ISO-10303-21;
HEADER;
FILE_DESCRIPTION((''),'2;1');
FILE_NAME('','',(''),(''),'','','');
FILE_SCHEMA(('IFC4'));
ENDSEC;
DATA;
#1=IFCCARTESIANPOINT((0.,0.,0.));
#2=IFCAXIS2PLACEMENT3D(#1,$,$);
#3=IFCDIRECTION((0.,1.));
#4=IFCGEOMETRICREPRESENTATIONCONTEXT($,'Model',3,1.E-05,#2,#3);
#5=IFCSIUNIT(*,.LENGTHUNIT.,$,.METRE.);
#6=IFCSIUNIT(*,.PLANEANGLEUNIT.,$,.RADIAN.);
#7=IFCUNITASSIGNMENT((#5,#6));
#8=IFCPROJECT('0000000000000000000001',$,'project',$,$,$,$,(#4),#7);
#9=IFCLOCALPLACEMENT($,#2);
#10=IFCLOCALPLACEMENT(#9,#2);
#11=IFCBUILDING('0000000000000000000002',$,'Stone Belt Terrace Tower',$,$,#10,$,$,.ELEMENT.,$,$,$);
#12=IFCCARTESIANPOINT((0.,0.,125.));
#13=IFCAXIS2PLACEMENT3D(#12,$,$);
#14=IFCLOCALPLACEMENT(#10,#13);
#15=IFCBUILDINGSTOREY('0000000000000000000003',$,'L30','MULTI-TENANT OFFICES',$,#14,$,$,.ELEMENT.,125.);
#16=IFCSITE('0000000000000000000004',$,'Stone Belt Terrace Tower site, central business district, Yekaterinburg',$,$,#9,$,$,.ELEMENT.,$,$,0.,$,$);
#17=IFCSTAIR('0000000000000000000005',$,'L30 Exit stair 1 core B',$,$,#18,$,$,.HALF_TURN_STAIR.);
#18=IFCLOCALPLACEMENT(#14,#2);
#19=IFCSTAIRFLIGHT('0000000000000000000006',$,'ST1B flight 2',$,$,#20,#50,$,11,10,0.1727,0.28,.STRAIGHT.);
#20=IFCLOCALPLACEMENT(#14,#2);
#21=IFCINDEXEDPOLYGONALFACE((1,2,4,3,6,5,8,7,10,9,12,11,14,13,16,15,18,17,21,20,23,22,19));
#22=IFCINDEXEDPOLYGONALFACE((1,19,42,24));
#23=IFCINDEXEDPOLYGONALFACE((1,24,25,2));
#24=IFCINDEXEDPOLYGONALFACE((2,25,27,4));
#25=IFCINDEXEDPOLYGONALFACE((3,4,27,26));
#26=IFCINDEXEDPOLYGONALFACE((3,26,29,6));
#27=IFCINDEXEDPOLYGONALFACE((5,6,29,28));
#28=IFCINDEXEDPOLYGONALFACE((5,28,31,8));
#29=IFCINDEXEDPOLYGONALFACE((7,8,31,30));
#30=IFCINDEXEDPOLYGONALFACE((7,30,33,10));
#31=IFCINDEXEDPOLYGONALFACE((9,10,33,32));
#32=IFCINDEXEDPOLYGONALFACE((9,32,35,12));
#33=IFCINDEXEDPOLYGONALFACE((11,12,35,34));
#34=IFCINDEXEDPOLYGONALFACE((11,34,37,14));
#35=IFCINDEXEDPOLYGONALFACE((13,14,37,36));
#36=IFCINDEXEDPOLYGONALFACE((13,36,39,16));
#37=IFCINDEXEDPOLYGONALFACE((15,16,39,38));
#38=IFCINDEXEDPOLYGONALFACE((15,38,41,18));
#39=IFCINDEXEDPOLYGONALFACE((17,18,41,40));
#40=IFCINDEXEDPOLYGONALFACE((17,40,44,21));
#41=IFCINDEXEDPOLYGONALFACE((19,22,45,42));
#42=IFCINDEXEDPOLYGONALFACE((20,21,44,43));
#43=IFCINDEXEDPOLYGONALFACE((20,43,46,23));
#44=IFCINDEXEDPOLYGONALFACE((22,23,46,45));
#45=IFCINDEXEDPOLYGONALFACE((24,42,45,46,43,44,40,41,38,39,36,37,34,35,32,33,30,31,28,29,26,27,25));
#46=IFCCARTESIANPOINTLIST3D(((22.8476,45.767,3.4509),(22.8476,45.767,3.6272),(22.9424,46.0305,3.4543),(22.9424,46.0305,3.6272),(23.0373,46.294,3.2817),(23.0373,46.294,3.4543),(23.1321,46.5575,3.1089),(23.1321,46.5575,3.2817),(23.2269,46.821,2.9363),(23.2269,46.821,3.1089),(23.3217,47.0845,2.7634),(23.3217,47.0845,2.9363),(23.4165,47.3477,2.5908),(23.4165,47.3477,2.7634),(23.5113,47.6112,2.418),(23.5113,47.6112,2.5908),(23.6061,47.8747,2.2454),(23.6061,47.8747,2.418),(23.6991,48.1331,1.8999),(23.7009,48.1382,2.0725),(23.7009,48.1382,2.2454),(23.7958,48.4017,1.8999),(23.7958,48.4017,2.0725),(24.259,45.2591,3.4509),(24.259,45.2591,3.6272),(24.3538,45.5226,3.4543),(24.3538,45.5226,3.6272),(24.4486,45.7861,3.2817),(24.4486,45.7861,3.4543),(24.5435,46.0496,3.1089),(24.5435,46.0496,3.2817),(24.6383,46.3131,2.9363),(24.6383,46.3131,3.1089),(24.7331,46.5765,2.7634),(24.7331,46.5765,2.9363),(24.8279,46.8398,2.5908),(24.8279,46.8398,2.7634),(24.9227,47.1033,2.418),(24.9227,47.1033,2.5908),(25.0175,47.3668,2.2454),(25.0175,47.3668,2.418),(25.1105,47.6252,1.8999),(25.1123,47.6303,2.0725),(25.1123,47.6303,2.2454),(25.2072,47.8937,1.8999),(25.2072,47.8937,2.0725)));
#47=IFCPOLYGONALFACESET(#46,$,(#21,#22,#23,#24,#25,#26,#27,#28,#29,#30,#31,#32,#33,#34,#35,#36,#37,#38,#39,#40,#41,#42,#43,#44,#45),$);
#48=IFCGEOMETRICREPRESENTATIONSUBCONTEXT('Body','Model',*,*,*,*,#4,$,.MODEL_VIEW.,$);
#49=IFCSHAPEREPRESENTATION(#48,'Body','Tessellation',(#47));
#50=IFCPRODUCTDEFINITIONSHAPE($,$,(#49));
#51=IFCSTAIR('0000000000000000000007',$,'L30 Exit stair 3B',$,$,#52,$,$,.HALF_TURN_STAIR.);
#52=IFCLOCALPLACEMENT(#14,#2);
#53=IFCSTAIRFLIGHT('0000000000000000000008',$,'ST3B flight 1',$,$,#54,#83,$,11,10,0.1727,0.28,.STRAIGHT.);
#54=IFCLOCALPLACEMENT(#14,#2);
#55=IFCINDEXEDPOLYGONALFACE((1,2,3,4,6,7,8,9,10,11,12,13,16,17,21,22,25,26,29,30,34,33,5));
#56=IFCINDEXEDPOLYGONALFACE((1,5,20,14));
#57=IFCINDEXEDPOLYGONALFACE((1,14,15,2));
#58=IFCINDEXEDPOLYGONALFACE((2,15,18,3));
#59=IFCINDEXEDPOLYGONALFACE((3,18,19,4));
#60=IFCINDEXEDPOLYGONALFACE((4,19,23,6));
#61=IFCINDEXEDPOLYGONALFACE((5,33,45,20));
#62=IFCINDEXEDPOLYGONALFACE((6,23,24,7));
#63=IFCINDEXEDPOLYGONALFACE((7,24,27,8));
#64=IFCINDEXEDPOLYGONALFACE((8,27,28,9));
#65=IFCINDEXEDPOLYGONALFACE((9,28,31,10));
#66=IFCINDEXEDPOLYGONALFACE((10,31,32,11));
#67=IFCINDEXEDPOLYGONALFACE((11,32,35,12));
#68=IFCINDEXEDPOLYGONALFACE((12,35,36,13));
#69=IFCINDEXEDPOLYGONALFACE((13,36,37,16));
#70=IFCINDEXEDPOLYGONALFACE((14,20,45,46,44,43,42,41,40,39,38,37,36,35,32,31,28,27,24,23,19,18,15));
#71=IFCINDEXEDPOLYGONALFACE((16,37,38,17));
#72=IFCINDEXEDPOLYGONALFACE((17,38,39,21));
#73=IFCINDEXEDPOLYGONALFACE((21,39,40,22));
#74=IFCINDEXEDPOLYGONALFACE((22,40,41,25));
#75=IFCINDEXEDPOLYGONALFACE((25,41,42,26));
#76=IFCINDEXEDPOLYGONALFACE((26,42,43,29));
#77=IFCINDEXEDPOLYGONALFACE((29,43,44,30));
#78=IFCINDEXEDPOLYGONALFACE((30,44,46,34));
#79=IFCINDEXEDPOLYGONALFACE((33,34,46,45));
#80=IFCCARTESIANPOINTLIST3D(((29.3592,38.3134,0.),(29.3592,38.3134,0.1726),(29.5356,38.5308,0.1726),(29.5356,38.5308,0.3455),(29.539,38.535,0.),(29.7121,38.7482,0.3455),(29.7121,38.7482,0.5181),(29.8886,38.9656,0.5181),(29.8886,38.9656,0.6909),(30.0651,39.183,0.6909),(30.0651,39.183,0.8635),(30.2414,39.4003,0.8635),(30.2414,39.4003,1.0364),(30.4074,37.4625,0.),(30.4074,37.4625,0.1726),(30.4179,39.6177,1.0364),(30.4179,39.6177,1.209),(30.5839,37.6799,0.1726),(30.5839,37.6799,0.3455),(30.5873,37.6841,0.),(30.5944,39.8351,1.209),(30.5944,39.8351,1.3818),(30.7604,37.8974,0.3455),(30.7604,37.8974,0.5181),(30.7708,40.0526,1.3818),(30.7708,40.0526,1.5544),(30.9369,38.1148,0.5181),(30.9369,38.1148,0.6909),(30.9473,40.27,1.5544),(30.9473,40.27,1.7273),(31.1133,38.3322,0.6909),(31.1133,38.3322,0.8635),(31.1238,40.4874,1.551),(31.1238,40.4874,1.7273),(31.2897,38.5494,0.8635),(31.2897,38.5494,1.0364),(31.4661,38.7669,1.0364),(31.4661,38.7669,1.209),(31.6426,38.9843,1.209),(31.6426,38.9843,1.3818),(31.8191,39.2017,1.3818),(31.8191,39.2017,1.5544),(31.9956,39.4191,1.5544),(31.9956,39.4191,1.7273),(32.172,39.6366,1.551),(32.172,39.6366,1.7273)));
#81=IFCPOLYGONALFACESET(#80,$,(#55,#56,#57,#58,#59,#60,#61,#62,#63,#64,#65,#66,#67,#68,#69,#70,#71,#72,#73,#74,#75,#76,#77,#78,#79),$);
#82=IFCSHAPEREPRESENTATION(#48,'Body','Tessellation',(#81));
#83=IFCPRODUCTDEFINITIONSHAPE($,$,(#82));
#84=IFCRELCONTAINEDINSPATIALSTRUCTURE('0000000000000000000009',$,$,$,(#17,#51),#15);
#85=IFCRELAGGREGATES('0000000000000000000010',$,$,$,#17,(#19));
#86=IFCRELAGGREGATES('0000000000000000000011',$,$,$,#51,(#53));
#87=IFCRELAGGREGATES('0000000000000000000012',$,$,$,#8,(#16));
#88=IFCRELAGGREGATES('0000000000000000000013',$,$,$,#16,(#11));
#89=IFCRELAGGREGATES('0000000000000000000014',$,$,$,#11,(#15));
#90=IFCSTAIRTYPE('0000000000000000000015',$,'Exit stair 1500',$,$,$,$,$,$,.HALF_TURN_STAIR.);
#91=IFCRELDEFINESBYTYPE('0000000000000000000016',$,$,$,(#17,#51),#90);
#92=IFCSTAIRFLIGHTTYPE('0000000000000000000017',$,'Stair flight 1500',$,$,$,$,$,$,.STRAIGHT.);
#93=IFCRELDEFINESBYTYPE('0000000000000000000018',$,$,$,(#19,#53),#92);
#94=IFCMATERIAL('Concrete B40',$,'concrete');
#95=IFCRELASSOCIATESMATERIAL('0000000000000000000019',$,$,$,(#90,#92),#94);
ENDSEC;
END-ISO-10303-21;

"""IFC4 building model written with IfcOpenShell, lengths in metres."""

from ifc_helpers import new_model, si_unit, direction, frame, origin, place, context, subcontext, project, spatial, polyline, outline, extrude, material, type_object, element, aggregate, save


model = new_model("IFC4")

# Units and contexts
model_context = context("Model", 3, precision=1e-05, world=origin(), true_north=direction((0.0, 1.0)))
body_context = subcontext(model_context, "Body", "Model", "MODEL_VIEW")
ifc_project = project(units=[si_unit("LENGTHUNIT", "METRE"), si_unit("PLANEANGLEUNIT", "RADIAN")], contexts=[model_context])

# Site, building, storey
site_placement = place(None, origin())
site = spatial("IfcSite", under=ifc_project, at=site_placement, Name="Stone Belt Terrace Tower site, central business district, Yekaterinburg", CompositionType="ELEMENT", RefElevation=0.0)
building_placement = place(site_placement, origin())
building = spatial("IfcBuilding", under=site, at=building_placement, Name="Stone Belt Terrace Tower", CompositionType="ELEMENT")
storey_placement = place(building_placement, frame((0.0, 0.0, 125.0)))
storey = spatial("IfcBuildingStorey", under=building, at=storey_placement, Name="L30", Description="MULTI-TENANT OFFICES", CompositionType="ELEMENT", Elevation=125.0)

# Stair, stair flight
ifc_material_1 = material(Name="Concrete B40", Category="concrete")
stair_type = type_object("IfcStairType", Name="Exit stair 1500", PredefinedType="HALF_TURN_STAIR", material=ifc_material_1)
stair_1_placement = place(storey_placement, origin())
stair_1 = element("IfcStair", 1, at=stair_1_placement, inside=storey, type_object=stair_type, Name="L30 Exit stair 1 core B", PredefinedType="HALF_TURN_STAIR")
stair_flight_type = type_object("IfcStairFlightType", Name="Stair flight 1500", PredefinedType="STRAIGHT", material=ifc_material_1)
stair_flight_1_placement = place(storey_placement, frame((24.5015, 48.1477, 1.8999), z_axis=(0.0, 0.0, 1.0), x_axis=(-0.338624, -0.940922, 0.0)))
stair_flight_1 = element("IfcStairFlight", 2, at=stair_flight_1_placement, type_object=stair_flight_type, Name="ST1B flight 2", NumberOfRisers=11, NumberOfTreads=10, PredefinedType="STRAIGHT", RiserHeight=0.1727, TreadLength=0.28, context=body_context, shape_type="SweptSolid", body=[
    extrude(outline(polyline([(0.0, 0.0), (0.0, 0.1726), (0.28, 0.1726), (0.28, 0.3455), (0.5601, 0.3455), (0.5601, 0.5181), (0.8401, 0.5181), (0.8401, 0.6909), (1.1201, 0.6909), (1.1201, 0.8635), (1.3999, 0.8635), (1.3999, 1.0364), (1.6799, 1.0364), (1.6799, 1.209), (1.96, 1.209), (1.96, 1.3818), (2.24, 1.3818), (2.24, 1.5544), (2.52, 1.5544), (2.52, 1.7273), (2.8, 1.7273), (2.8, 1.8999), (2.8, 1.551), (0.2854, 0.0), (0.0, 0.0)])), frame((0.0, 0.75, 0.0), z_axis=(0.0, -1.0, 0.0), x_axis=(1.0, 0.0, 0.0)), (0.0, 0.0, 1.0), 1.5),
])
aggregate(stair_1, [stair_flight_1])

# Stair, stair flight
stair_2_placement = place(storey_placement, origin())
stair_2 = element("IfcStair", 3, at=stair_2_placement, inside=storey, type_object=stair_type, Name="L30 Exit stair 3B", PredefinedType="HALF_TURN_STAIR")
stair_flight_2_placement = place(storey_placement, frame((29.8833, 37.8879, 0.0), z_axis=(0.0, 0.0, 1.0), x_axis=(0.630206, 0.776428, 0.0)))
stair_flight_2 = element("IfcStairFlight", 4, at=stair_flight_2_placement, type_object=stair_flight_type, Name="ST3B flight 1", NumberOfRisers=11, NumberOfTreads=10, PredefinedType="STRAIGHT", RiserHeight=0.1727, TreadLength=0.28, context=body_context, shape_type="SweptSolid", body=[
    extrude(outline(polyline([(0.0, 0.0), (0.0, 0.1726), (0.28, 0.1726), (0.28, 0.3455), (0.5601, 0.3455), (0.5601, 0.5181), (0.8401, 0.5181), (0.8401, 0.6909), (1.1201, 0.6909), (1.1201, 0.8635), (1.3999, 0.8635), (1.3999, 1.0364), (1.6799, 1.0364), (1.6799, 1.209), (1.96, 1.209), (1.96, 1.3818), (2.24, 1.3818), (2.24, 1.5544), (2.52, 1.5544), (2.52, 1.7273), (2.8, 1.7273), (2.8, 1.8999), (2.8, 1.551), (0.2854, 0.0), (0.0, 0.0)])), frame((0.0, 0.675, 0.0), z_axis=(0.0, -1.0, 0.0), x_axis=(1.0, 0.0, 0.0)), (0.0, 0.0, 1.0), 1.3501),
])
aggregate(stair_2, [stair_flight_2])

save(model, "model.ifc")
